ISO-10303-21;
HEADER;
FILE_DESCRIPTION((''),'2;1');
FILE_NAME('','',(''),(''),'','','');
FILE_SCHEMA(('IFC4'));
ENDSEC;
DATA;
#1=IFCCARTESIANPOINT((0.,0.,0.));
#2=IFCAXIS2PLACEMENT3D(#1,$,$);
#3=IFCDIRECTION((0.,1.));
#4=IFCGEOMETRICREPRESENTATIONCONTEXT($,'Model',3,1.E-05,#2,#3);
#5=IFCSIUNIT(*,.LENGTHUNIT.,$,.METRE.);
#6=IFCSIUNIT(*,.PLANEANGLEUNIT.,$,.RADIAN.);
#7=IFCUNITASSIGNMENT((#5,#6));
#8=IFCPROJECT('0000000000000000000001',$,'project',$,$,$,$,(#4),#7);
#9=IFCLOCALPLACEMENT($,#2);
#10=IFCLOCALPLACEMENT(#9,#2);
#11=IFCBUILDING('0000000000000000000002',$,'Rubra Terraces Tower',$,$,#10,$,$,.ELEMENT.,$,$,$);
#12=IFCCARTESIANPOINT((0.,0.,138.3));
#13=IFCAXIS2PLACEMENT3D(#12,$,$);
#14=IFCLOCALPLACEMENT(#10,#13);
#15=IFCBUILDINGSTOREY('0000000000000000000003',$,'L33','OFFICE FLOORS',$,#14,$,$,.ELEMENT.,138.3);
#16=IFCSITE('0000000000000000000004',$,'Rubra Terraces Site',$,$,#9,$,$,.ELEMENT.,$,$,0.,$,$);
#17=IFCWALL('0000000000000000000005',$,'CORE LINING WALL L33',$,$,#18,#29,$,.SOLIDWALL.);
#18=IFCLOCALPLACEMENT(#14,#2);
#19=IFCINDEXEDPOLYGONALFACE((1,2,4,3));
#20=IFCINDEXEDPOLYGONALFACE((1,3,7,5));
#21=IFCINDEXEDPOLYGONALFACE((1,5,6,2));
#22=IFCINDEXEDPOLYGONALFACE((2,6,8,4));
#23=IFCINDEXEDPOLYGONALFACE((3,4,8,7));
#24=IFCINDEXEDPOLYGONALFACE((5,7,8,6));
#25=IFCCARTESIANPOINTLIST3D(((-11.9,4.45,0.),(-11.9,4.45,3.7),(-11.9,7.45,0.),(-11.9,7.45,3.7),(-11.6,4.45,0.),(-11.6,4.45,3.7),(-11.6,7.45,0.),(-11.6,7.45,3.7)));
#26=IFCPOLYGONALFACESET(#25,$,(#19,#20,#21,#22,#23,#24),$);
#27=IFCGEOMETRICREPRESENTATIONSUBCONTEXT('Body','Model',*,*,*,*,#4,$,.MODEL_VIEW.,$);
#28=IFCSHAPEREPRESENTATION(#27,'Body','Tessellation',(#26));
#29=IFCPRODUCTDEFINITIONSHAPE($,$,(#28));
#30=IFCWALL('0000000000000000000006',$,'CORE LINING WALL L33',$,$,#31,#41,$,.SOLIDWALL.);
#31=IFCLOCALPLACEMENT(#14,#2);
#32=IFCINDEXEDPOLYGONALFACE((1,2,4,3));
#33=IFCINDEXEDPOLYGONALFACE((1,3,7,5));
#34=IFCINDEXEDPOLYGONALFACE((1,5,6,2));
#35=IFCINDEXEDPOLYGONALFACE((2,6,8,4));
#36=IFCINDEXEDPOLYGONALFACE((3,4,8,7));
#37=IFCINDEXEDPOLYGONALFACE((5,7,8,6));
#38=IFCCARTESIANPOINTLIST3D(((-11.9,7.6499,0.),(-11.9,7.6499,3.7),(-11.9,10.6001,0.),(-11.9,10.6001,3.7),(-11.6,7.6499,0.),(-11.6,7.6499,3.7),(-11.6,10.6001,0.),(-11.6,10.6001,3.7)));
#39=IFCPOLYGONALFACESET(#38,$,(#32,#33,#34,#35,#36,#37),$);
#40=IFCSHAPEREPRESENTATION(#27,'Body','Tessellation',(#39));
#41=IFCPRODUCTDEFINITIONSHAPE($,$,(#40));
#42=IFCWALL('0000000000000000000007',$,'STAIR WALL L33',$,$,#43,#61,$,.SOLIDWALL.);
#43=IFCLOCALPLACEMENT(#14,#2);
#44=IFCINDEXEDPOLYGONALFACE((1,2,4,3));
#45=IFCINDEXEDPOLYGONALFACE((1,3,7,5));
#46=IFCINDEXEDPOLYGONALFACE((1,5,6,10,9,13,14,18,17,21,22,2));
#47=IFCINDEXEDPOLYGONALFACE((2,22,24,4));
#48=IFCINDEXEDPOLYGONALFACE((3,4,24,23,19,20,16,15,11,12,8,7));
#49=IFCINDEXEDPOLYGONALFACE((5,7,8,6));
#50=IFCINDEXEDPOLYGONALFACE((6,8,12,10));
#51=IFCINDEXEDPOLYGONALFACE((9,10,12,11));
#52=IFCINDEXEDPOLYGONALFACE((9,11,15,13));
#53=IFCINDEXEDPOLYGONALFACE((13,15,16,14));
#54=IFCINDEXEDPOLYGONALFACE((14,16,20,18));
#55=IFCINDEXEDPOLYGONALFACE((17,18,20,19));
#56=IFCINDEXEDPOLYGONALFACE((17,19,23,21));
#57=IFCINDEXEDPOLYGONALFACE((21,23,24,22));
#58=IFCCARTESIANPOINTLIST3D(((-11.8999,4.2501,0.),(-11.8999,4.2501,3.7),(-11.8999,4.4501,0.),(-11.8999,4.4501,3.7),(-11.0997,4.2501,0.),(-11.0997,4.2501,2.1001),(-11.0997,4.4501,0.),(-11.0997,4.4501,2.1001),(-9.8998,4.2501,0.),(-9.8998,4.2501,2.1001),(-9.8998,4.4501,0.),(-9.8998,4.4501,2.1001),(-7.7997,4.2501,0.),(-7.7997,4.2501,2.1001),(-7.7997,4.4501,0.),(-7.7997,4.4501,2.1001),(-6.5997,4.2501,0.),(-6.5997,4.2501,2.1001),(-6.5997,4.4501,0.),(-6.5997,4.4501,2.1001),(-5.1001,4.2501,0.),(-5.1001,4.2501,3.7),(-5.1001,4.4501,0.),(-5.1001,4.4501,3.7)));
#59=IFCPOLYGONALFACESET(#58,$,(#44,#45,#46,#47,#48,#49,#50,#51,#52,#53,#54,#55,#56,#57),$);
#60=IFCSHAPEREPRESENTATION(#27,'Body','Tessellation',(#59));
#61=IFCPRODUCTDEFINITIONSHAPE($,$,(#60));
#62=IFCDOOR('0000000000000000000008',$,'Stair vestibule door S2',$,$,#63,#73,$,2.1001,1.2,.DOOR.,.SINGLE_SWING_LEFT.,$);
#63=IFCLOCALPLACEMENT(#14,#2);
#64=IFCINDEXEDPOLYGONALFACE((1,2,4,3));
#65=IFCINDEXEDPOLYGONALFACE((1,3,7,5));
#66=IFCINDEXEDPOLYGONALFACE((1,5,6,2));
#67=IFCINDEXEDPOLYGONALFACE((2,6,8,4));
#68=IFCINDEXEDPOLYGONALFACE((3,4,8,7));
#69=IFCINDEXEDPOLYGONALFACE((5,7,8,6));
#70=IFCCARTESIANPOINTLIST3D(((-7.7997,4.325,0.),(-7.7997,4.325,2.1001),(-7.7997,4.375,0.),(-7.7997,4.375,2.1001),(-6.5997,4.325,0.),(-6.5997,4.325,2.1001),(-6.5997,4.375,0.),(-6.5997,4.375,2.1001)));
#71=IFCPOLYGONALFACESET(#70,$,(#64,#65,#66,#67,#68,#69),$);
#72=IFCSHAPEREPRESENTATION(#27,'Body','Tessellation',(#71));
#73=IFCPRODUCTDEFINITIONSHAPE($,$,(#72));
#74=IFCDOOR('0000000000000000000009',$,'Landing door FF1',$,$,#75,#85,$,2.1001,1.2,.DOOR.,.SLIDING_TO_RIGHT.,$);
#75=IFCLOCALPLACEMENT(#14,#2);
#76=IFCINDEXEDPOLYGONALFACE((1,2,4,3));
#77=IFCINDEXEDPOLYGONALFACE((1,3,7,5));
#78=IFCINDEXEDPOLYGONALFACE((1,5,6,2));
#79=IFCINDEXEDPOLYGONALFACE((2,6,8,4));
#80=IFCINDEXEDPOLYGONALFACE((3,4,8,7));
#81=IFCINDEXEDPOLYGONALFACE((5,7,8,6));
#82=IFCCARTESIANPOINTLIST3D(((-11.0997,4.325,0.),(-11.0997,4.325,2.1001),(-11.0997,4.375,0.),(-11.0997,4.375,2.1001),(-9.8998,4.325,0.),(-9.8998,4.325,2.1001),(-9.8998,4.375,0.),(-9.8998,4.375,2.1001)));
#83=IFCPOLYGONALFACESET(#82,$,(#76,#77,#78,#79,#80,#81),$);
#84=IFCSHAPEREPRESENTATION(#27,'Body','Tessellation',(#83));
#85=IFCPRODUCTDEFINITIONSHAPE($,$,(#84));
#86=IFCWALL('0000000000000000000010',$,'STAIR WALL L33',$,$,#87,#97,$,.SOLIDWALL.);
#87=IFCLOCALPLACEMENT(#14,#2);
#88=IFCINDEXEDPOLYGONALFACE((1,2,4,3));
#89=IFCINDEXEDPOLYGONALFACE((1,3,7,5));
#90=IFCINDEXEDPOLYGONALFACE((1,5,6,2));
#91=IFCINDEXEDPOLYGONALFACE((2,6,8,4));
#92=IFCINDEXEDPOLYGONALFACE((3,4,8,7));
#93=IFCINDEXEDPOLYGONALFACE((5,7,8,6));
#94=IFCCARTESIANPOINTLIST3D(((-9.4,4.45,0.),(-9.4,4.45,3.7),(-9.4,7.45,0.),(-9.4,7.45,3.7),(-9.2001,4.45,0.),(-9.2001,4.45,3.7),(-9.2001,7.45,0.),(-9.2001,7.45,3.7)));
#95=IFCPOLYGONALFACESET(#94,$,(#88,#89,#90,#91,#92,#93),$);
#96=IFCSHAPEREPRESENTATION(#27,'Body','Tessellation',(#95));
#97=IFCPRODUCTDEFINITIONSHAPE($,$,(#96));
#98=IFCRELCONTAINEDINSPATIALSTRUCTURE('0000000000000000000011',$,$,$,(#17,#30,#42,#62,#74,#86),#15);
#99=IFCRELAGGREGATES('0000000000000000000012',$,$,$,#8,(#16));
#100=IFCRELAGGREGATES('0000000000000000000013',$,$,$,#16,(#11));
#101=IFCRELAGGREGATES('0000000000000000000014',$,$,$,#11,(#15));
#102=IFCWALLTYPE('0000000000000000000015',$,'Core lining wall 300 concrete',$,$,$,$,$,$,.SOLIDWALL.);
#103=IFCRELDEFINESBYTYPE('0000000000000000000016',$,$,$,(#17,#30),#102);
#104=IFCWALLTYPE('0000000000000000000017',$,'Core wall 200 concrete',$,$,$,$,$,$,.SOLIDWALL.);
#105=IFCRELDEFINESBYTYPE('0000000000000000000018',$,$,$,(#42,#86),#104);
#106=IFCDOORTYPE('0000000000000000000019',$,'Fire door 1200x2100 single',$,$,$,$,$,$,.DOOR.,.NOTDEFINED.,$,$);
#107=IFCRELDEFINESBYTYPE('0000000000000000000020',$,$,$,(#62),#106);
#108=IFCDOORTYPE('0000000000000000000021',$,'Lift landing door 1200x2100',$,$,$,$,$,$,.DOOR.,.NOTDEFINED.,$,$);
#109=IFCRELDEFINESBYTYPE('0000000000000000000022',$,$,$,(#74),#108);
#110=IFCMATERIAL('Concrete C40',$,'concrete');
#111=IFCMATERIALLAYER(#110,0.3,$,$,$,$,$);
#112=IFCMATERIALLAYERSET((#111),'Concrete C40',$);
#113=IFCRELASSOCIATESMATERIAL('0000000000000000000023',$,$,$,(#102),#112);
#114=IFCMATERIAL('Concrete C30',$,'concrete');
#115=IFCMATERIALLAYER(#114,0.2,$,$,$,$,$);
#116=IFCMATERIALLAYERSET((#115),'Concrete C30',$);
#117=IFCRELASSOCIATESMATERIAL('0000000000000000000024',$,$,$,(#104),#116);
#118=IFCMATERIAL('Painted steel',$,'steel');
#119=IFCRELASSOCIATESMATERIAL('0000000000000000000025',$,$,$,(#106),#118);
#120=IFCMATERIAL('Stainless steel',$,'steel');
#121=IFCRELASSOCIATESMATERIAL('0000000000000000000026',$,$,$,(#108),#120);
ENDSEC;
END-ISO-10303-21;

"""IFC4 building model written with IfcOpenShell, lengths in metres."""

from ifc_helpers import new_model, si_unit, direction, frame, frame_2d, origin, place, context, subcontext, project, spatial, rectangle, extrude, material, layer, layer_set, type_object, element, fill, save


model = new_model("IFC4")

# Units and contexts
model_context = context("Model", 3, precision=1e-05, world=origin(), true_north=direction((0.0, 1.0)))
body_context = subcontext(model_context, "Body", "Model", "MODEL_VIEW")
ifc_project = project(units=[si_unit("LENGTHUNIT", "METRE"), si_unit("PLANEANGLEUNIT", "RADIAN")], contexts=[model_context])

# Site, building, storey
site_placement = place(None, origin())
site = spatial("IfcSite", under=ifc_project, at=site_placement, Name="Rubra Terraces Site", CompositionType="ELEMENT", RefElevation=0.0)
building_placement = place(site_placement, origin())
building = spatial("IfcBuilding", under=site, at=building_placement, Name="Rubra Terraces Tower", CompositionType="ELEMENT")
storey_placement = place(building_placement, frame((0.0, 0.0, 138.3)))
storey = spatial("IfcBuildingStorey", under=building, at=storey_placement, Name="L33", Description="OFFICE FLOORS", CompositionType="ELEMENT", Elevation=138.3)

# Walls
ifc_material_1 = material(Name="Concrete C40", Category="concrete")
ifc_layer_1 = layer(ifc_material_1, 0.3)
ifc_layer_set_1 = layer_set([ifc_layer_1], Name="Concrete C40")
wall_type_1 = type_object("IfcWallType", Name="Core lining wall 300 concrete", PredefinedType="SOLIDWALL", material=ifc_layer_set_1)
wall_1_placement = place(storey_placement, frame((-11.75, 4.45, 0.0), z_axis=(0.0, 0.0, 1.0), x_axis=(0.0, 1.0, 0.0)))
element("IfcWall", 1, at=wall_1_placement, inside=storey, type_object=wall_type_1, Name="CORE LINING WALL L33", PredefinedType="SOLIDWALL", context=body_context, shape_type="SweptSolid", body=[
    extrude(rectangle(XDim=3.0, YDim=0.3, at=frame_2d((1.5, 0.0))), origin(), (0.0, 0.0, 1.0), 3.7),
])
wall_2_placement = place(storey_placement, frame((-11.75, 7.6499, 0.0), z_axis=(0.0, 0.0, 1.0), x_axis=(0.0, 1.0, 0.0)))
element("IfcWall", 2, at=wall_2_placement, inside=storey, type_object=wall_type_1, Name="CORE LINING WALL L33", PredefinedType="SOLIDWALL", context=body_context, shape_type="SweptSolid", body=[
    extrude(rectangle(XDim=2.9502, YDim=0.3, at=frame_2d((1.4751, 0.0))), origin(), (0.0, 0.0, 1.0), 3.7),
])

# Wall, openings, doors
ifc_material_2 = material(Name="Concrete C30", Category="concrete")
ifc_layer_2 = layer(ifc_material_2, 0.2)
ifc_layer_set_2 = layer_set([ifc_layer_2], Name="Concrete C30")
wall_type_2 = type_object("IfcWallType", Name="Core wall 200 concrete", PredefinedType="SOLIDWALL", material=ifc_layer_set_2)
wall_3_placement = place(storey_placement, frame((-11.8999, 4.3501, 0.0), z_axis=(0.0, 0.0, 1.0), x_axis=(1.0, 0.0, 0.0)))
wall_3 = element("IfcWall", 3, at=wall_3_placement, inside=storey, type_object=wall_type_2, Name="STAIR WALL L33", PredefinedType="SOLIDWALL", context=body_context, shape_type="SweptSolid", body=[
    extrude(rectangle(XDim=6.7998, YDim=0.2, at=frame_2d((3.3999, 0.0))), origin(), (0.0, 0.0, 1.0), 3.7),
])
opening_1_placement = place(wall_3_placement, frame((4.1001, 0.0, 0.0)))
opening_1 = element("IfcOpeningElement", 4, at=opening_1_placement, cuts=wall_3, PredefinedType="OPENING", context=body_context, shape_type="SweptSolid", body=[
    extrude(rectangle(XDim=1.2, YDim=2.1001, at=frame_2d((0.6001, 1.05))), frame((0.0, 0.1099, 0.0), z_axis=(0.0, -1.0, 0.0), x_axis=(1.0, 0.0, 0.0)), (0.0, 0.0, 1.0), 0.22),
])
opening_2_placement = place(wall_3_placement, frame((0.8, 0.0, 0.0)))
opening_2 = element("IfcOpeningElement", 5, at=opening_2_placement, cuts=wall_3, PredefinedType="OPENING", context=body_context, shape_type="SweptSolid", body=[
    extrude(rectangle(XDim=1.2, YDim=2.1001, at=frame_2d((0.6001, 1.05))), frame((0.0, 0.1099, 0.0), z_axis=(0.0, -1.0, 0.0), x_axis=(1.0, 0.0, 0.0)), (0.0, 0.0, 1.0), 0.22),
])
ifc_material_3 = material(Name="Painted steel", Category="steel")
door_type_1 = type_object("IfcDoorType", Name="Fire door 1200x2100 single", OperationType="NOTDEFINED", PredefinedType="DOOR", material=ifc_material_3)
door_1_placement = place(opening_1_placement, origin())
door_1 = element("IfcDoor", 6, at=door_1_placement, inside=storey, type_object=door_type_1, Name="Stair vestibule door S2", OperationType="SINGLE_SWING_LEFT", OverallHeight=2.1001, OverallWidth=1.2, PredefinedType="DOOR", context=body_context, shape_type="SweptSolid", body=[
    extrude(rectangle(XDim=1.2, YDim=2.1001, at=frame_2d((0.6001, 1.05))), frame((0.0, 0.0249, 0.0), z_axis=(0.0, -1.0, 0.0), x_axis=(1.0, 0.0, 0.0)), (0.0, 0.0, 1.0), 0.05),
])
fill(opening_1, door_1)
ifc_material_4 = material(Name="Stainless steel", Category="steel")
door_type_2 = type_object("IfcDoorType", Name="Lift landing door 1200x2100", OperationType="NOTDEFINED", PredefinedType="DOOR", material=ifc_material_4)
door_2_placement = place(opening_2_placement, origin())
door_2 = element("IfcDoor", 7, at=door_2_placement, inside=storey, type_object=door_type_2, Name="Landing door FF1", OperationType="SLIDING_TO_RIGHT", OverallHeight=2.1001, OverallWidth=1.2, PredefinedType="DOOR", context=body_context, shape_type="SweptSolid", body=[
    extrude(rectangle(XDim=1.2, YDim=2.1001, at=frame_2d((0.6001, 1.05))), frame((0.0, 0.0249, 0.0), z_axis=(0.0, -1.0, 0.0), x_axis=(1.0, 0.0, 0.0)), (0.0, 0.0, 1.0), 0.05),
])
fill(opening_2, door_2)

# Wall
wall_4_placement = place(storey_placement, frame((-9.3, 4.45, 0.0), z_axis=(0.0, 0.0, 1.0), x_axis=(0.0, 1.0, 0.0)))
element("IfcWall", 8, at=wall_4_placement, inside=storey, type_object=wall_type_2, Name="STAIR WALL L33", PredefinedType="SOLIDWALL", context=body_context, shape_type="SweptSolid", body=[
    extrude(rectangle(XDim=3.0, YDim=0.2, at=frame_2d((1.5, 0.0))), origin(), (0.0, 0.0, 1.0), 3.7),
])

save(model, "model.ifc")
